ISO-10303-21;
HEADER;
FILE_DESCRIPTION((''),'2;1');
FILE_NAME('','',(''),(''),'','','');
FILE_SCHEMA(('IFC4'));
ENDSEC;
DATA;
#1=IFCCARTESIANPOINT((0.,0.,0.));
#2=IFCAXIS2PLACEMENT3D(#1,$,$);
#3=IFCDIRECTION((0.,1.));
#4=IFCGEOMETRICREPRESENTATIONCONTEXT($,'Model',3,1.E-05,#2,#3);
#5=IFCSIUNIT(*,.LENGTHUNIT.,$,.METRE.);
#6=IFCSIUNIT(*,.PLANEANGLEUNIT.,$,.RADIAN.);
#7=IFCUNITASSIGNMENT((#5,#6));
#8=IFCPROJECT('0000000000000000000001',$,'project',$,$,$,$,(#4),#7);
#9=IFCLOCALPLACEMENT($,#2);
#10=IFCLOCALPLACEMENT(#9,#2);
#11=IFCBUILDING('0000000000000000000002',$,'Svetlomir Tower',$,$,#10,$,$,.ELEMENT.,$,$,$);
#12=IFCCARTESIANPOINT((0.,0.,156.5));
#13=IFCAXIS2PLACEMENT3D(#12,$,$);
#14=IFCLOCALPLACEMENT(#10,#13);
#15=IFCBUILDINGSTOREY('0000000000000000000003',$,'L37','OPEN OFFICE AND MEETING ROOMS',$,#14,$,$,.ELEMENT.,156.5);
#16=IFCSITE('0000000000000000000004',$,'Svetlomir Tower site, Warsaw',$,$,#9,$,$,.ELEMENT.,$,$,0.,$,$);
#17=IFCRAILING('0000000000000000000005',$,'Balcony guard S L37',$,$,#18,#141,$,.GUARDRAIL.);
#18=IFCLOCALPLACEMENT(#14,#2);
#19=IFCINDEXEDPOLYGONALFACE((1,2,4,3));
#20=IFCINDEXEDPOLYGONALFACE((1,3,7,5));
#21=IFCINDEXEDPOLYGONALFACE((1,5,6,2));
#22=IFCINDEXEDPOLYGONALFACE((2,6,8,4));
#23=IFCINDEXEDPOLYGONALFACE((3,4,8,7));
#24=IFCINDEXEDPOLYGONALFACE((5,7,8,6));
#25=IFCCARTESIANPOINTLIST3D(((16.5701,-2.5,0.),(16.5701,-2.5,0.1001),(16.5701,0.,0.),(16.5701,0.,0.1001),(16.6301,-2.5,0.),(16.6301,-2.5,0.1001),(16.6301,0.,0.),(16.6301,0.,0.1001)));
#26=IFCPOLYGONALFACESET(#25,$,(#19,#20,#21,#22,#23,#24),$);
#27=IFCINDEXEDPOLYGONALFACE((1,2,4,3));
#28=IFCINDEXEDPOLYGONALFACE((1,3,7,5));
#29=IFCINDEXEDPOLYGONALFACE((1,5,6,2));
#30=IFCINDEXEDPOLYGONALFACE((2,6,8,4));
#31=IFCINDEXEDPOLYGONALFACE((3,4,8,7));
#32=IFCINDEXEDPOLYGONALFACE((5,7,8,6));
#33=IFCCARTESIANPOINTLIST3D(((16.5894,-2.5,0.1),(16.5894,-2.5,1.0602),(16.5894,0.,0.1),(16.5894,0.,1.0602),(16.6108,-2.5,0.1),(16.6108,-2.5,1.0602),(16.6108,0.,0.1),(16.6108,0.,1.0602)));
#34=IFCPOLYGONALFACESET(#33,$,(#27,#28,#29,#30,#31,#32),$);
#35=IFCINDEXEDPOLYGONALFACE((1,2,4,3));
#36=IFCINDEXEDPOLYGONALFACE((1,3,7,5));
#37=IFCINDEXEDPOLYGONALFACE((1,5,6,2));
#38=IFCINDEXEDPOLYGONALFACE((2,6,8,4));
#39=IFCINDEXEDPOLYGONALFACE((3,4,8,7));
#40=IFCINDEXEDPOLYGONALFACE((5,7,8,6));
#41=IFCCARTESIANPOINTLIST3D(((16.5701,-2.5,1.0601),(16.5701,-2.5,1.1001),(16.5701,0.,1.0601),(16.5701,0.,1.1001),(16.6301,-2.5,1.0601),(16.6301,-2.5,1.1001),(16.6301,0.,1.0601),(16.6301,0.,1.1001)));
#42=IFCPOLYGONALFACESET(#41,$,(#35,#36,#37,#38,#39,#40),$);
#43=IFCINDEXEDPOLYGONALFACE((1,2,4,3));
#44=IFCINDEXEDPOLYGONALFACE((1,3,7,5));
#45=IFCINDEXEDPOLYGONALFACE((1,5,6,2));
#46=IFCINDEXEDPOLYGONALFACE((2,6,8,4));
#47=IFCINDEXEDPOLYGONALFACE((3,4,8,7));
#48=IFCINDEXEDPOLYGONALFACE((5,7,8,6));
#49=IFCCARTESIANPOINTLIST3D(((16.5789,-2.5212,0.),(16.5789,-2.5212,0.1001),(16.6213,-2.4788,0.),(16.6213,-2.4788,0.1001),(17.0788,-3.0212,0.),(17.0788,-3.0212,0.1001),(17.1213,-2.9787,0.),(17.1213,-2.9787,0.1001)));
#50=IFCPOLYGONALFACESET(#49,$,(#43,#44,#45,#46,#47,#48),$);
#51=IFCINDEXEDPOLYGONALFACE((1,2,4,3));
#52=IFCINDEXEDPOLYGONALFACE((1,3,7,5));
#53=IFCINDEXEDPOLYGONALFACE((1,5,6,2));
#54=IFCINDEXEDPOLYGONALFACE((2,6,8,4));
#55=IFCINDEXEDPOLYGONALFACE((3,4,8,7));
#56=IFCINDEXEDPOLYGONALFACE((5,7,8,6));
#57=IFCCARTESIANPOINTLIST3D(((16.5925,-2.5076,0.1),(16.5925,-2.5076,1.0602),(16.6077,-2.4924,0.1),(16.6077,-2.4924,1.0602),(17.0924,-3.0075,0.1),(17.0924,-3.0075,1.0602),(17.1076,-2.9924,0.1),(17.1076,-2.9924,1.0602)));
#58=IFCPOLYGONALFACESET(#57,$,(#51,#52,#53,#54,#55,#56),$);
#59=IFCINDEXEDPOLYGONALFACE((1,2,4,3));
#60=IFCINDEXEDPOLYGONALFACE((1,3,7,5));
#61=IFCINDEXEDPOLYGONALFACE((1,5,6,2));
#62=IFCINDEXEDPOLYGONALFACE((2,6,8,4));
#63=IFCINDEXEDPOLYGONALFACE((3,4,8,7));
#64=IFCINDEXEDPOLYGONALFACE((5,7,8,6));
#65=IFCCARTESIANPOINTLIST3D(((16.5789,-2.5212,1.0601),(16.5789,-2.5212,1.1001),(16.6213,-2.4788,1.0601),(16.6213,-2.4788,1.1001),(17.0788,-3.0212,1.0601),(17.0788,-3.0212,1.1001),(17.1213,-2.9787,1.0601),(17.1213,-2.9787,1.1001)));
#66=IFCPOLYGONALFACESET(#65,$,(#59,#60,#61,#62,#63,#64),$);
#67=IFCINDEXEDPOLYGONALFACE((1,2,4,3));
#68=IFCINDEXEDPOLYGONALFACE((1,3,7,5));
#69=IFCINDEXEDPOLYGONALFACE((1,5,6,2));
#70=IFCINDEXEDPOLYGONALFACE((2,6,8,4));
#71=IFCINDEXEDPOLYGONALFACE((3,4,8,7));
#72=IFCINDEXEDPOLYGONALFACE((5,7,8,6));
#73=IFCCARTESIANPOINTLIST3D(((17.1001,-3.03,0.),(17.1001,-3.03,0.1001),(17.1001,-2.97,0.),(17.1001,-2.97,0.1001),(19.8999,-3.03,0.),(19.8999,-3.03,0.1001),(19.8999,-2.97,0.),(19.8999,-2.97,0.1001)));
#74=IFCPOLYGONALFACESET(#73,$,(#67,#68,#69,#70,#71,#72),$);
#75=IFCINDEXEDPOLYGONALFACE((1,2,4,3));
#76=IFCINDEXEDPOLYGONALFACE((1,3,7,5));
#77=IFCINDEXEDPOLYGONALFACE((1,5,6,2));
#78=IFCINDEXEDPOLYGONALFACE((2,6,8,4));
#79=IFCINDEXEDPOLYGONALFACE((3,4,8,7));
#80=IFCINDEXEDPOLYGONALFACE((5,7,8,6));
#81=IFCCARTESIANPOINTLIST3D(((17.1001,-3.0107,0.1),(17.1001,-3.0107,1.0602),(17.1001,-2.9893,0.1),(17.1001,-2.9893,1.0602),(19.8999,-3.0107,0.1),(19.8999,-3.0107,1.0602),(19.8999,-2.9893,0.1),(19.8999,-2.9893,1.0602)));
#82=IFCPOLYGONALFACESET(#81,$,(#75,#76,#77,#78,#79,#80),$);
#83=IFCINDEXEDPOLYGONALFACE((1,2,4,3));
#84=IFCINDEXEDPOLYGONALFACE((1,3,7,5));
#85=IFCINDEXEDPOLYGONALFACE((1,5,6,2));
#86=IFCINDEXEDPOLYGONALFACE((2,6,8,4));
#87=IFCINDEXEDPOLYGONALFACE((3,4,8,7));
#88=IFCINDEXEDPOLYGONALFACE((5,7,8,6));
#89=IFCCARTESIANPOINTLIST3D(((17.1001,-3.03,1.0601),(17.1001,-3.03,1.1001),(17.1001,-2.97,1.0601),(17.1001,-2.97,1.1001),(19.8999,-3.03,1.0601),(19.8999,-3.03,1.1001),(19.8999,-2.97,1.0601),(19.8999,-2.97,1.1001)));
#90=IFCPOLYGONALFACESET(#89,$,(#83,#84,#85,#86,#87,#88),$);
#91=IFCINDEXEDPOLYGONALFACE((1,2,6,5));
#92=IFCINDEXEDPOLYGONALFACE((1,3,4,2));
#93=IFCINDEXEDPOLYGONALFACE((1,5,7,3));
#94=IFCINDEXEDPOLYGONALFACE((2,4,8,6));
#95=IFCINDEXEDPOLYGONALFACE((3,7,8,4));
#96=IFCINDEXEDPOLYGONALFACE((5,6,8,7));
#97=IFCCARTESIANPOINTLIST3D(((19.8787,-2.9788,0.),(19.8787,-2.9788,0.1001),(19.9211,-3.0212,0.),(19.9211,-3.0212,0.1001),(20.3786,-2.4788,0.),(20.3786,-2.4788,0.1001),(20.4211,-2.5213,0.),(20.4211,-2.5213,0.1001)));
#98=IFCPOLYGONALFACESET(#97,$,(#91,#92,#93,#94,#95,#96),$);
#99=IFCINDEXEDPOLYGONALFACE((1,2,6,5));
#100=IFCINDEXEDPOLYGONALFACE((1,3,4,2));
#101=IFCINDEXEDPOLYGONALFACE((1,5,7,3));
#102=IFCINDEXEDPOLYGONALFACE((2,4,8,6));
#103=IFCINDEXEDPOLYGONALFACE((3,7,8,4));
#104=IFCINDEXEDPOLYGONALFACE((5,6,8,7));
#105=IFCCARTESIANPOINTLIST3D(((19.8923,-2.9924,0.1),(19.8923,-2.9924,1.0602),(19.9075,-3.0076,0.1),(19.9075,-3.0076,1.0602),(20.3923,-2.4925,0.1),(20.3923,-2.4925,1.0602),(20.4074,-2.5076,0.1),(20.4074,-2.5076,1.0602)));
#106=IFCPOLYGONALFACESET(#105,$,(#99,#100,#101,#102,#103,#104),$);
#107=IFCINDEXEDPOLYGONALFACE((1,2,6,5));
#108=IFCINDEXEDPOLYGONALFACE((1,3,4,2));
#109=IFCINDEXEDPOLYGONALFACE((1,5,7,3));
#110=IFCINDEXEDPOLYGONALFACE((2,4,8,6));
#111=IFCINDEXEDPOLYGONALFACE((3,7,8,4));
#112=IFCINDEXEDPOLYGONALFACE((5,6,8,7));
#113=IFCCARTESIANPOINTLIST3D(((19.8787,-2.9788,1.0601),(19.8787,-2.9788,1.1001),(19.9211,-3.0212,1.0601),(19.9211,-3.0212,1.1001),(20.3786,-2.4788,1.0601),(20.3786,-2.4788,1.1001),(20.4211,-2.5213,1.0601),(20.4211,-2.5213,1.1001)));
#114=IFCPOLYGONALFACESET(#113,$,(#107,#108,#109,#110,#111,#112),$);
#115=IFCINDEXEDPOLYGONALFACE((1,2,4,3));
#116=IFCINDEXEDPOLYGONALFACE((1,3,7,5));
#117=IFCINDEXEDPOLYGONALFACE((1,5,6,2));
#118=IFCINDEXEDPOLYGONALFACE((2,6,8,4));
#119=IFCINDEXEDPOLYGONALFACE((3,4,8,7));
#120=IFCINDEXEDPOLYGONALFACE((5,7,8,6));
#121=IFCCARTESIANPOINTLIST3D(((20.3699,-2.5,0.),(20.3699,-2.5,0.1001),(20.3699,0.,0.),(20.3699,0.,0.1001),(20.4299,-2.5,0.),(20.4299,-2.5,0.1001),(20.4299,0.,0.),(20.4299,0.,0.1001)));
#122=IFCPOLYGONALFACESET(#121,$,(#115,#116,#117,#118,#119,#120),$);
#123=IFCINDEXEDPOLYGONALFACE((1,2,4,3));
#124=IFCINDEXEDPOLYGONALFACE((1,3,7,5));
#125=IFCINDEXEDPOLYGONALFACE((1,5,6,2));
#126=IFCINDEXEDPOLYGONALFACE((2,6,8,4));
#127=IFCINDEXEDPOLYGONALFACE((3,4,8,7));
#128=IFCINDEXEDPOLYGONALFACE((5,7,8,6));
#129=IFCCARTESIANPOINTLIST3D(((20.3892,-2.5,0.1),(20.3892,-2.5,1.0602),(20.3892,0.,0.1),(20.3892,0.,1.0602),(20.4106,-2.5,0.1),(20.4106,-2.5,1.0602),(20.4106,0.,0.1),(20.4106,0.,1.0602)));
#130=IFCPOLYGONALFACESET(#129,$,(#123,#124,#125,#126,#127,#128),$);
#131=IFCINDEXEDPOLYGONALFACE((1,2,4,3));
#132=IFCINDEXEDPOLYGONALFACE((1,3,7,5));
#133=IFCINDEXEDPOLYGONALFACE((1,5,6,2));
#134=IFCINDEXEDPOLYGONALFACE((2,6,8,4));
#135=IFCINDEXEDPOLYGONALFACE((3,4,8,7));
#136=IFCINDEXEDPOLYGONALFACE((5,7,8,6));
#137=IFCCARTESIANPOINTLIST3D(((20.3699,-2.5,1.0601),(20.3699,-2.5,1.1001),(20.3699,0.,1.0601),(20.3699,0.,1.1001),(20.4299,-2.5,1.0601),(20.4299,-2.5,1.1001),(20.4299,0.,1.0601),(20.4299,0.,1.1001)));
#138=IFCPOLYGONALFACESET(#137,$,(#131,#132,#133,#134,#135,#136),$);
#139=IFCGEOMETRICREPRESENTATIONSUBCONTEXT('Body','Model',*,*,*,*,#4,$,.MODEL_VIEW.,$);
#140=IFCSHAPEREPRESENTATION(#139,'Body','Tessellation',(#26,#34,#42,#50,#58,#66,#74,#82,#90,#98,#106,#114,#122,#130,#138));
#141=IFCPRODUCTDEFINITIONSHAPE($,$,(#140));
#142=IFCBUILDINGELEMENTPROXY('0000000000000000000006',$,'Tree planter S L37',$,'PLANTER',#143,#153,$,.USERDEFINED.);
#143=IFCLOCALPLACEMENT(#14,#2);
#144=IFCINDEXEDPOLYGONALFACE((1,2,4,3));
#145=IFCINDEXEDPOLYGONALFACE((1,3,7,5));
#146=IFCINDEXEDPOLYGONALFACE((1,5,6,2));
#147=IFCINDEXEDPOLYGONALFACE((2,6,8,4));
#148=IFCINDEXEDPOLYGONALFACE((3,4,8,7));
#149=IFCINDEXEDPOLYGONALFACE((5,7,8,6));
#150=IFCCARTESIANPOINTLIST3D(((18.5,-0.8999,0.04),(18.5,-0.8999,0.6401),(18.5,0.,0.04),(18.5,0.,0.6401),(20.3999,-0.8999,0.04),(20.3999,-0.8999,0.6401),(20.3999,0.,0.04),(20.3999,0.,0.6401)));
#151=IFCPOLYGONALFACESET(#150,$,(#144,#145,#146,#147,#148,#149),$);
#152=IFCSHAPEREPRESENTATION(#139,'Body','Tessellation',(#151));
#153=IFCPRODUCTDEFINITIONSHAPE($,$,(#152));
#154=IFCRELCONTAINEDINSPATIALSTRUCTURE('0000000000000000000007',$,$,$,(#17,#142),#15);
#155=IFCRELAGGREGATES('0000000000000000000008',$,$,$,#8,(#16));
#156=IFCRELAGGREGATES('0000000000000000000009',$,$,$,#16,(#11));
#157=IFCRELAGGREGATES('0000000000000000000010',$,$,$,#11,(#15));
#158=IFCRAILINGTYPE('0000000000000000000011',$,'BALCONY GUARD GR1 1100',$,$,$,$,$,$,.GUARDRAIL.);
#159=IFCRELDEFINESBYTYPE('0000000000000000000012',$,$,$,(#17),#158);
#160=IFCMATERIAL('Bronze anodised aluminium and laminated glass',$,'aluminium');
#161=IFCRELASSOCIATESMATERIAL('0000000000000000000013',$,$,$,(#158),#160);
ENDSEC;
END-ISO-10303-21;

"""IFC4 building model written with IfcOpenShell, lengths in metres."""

from ifc_helpers import new_model, si_unit, direction, frame, origin, origin_2d, place, context, subcontext, project, spatial, rectangle, extrude, material, type_object, element, save


model = new_model("IFC4")

# Units and contexts
model_context = context("Model", 3, precision=1e-05, world=origin(), true_north=direction((0.0, 1.0)))
body_context = subcontext(model_context, "Body", "Model", "MODEL_VIEW")
ifc_project = project(units=[si_unit("LENGTHUNIT", "METRE"), si_unit("PLANEANGLEUNIT", "RADIAN")], contexts=[model_context])

# Site, building, storey
site_placement = place(None, origin())
site = spatial("IfcSite", under=ifc_project, at=site_placement, Name="Svetlomir Tower site, Warsaw", CompositionType="ELEMENT", RefElevation=0.0)
building_placement = place(site_placement, origin())
building = spatial("IfcBuilding", under=site, at=building_placement, Name="Svetlomir Tower", CompositionType="ELEMENT")
storey_placement = place(building_placement, frame((0.0, 0.0, 156.5)))
storey = spatial("IfcBuildingStorey", under=building, at=storey_placement, Name="L37", Description="OPEN OFFICE AND MEETING ROOMS", CompositionType="ELEMENT", Elevation=156.5)

# Railing
ifc_material_1 = material(Name="Bronze anodised aluminium and laminated glass", Category="aluminium")
railing_type = type_object("IfcRailingType", Name="BALCONY GUARD GR1 1100", PredefinedType="GUARDRAIL", material=ifc_material_1)
railing_placement = place(storey_placement, frame((16.6001, 0.0, 0.0)))
element("IfcRailing", 1, at=railing_placement, inside=storey, type_object=railing_type, Name="Balcony guard S L37", PredefinedType="GUARDRAIL", context=body_context, shape_type="SweptSolid", body=[
    extrude(rectangle(XDim=0.0601, YDim=0.1001, at=origin_2d()), frame((0.0, 0.0, 0.05), z_axis=(0.0, -1.0, 0.0), x_axis=(1.0, 0.0, 0.0)), (0.0, 0.0, 1.0), 2.5),
    extrude(rectangle(XDim=0.0215, YDim=0.9602, at=origin_2d()), frame((0.0, 0.0, 0.5801), z_axis=(0.0, -1.0, 0.0), x_axis=(1.0, 0.0, 0.0)), (0.0, 0.0, 1.0), 2.5),
    extrude(rectangle(XDim=0.0601, YDim=0.04, at=origin_2d()), frame((0.0, 0.0, 1.0801), z_axis=(0.0, -1.0, 0.0), x_axis=(1.0, 0.0, 0.0)), (0.0, 0.0, 1.0), 2.5),
    extrude(rectangle(XDim=0.0601, YDim=0.1001, at=origin_2d()), frame((0.0, -2.5, 0.05), z_axis=(0.707107, -0.707107, 0.0), x_axis=(0.707107, 0.707107, 0.0)), (0.0, 0.0, 1.0), 0.707),
    extrude(rectangle(XDim=0.0215, YDim=0.9602, at=origin_2d()), frame((0.0, -2.5, 0.5801), z_axis=(0.707107, -0.707107, 0.0), x_axis=(0.707107, 0.707107, 0.0)), (0.0, 0.0, 1.0), 0.707),
    extrude(rectangle(XDim=0.0601, YDim=0.04, at=origin_2d()), frame((0.0, -2.5, 1.0801), z_axis=(0.707107, -0.707107, 0.0), x_axis=(0.707107, 0.707107, 0.0)), (0.0, 0.0, 1.0), 0.707),
    extrude(rectangle(XDim=0.0601, YDim=0.1001, at=origin_2d()), frame((0.5, -3.0, 0.05), z_axis=(1.0, 0.0, 0.0), x_axis=(0.0, 1.0, 0.0)), (0.0, 0.0, 1.0), 2.7998),
    extrude(rectangle(XDim=0.0215, YDim=0.9602, at=origin_2d()), frame((0.5, -3.0, 0.5801), z_axis=(1.0, 0.0, 0.0), x_axis=(0.0, 1.0, 0.0)), (0.0, 0.0, 1.0), 2.7998),
    extrude(rectangle(XDim=0.0601, YDim=0.04, at=origin_2d()), frame((0.5, -3.0, 1.0801), z_axis=(1.0, 0.0, 0.0), x_axis=(0.0, 1.0, 0.0)), (0.0, 0.0, 1.0), 2.7998),
    extrude(rectangle(XDim=0.0601, YDim=0.1001, at=origin_2d()), frame((3.2998, -3.0, 0.05), z_axis=(0.707107, 0.707107, 0.0), x_axis=(-0.707107, 0.707107, 0.0)), (0.0, 0.0, 1.0), 0.707),
    extrude(rectangle(XDim=0.0215, YDim=0.9602, at=origin_2d()), frame((3.2998, -3.0, 0.5801), z_axis=(0.707107, 0.707107, 0.0), x_axis=(-0.707107, 0.707107, 0.0)), (0.0, 0.0, 1.0), 0.707),
    extrude(rectangle(XDim=0.0601, YDim=0.04, at=origin_2d()), frame((3.2998, -3.0, 1.0801), z_axis=(0.707107, 0.707107, 0.0), x_axis=(-0.707107, 0.707107, 0.0)), (0.0, 0.0, 1.0), 0.707),
    extrude(rectangle(XDim=0.0601, YDim=0.1001, at=origin_2d()), frame((3.7998, -2.5, 0.05), z_axis=(0.0, 1.0, 0.0), x_axis=(-1.0, 0.0, 0.0)), (0.0, 0.0, 1.0), 2.5),
    extrude(rectangle(XDim=0.0215, YDim=0.9602, at=origin_2d()), frame((3.7998, -2.5, 0.5801), z_axis=(0.0, 1.0, 0.0), x_axis=(-1.0, 0.0, 0.0)), (0.0, 0.0, 1.0), 2.5),
    extrude(rectangle(XDim=0.0601, YDim=0.04, at=origin_2d()), frame((3.7998, -2.5, 1.0801), z_axis=(0.0, 1.0, 0.0), x_axis=(-1.0, 0.0, 0.0)), (0.0, 0.0, 1.0), 2.5),
])

# Building element proxy
proxy_placement = place(storey_placement, frame((19.45, -0.45, 0.04), z_axis=(0.0, 0.0, 1.0), x_axis=(1.0, 0.0, 0.0)))
element("IfcBuildingElementProxy", 2, at=proxy_placement, inside=storey, Name="Tree planter S L37", ObjectType="PLANTER", PredefinedType="USERDEFINED", context=body_context, shape_type="SweptSolid", body=[
    extrude(rectangle(XDim=1.8999, YDim=0.8999, at=origin_2d()), origin(), (0.0, 0.0, 1.0), 0.6001),
])

save(model, "model.ifc")
